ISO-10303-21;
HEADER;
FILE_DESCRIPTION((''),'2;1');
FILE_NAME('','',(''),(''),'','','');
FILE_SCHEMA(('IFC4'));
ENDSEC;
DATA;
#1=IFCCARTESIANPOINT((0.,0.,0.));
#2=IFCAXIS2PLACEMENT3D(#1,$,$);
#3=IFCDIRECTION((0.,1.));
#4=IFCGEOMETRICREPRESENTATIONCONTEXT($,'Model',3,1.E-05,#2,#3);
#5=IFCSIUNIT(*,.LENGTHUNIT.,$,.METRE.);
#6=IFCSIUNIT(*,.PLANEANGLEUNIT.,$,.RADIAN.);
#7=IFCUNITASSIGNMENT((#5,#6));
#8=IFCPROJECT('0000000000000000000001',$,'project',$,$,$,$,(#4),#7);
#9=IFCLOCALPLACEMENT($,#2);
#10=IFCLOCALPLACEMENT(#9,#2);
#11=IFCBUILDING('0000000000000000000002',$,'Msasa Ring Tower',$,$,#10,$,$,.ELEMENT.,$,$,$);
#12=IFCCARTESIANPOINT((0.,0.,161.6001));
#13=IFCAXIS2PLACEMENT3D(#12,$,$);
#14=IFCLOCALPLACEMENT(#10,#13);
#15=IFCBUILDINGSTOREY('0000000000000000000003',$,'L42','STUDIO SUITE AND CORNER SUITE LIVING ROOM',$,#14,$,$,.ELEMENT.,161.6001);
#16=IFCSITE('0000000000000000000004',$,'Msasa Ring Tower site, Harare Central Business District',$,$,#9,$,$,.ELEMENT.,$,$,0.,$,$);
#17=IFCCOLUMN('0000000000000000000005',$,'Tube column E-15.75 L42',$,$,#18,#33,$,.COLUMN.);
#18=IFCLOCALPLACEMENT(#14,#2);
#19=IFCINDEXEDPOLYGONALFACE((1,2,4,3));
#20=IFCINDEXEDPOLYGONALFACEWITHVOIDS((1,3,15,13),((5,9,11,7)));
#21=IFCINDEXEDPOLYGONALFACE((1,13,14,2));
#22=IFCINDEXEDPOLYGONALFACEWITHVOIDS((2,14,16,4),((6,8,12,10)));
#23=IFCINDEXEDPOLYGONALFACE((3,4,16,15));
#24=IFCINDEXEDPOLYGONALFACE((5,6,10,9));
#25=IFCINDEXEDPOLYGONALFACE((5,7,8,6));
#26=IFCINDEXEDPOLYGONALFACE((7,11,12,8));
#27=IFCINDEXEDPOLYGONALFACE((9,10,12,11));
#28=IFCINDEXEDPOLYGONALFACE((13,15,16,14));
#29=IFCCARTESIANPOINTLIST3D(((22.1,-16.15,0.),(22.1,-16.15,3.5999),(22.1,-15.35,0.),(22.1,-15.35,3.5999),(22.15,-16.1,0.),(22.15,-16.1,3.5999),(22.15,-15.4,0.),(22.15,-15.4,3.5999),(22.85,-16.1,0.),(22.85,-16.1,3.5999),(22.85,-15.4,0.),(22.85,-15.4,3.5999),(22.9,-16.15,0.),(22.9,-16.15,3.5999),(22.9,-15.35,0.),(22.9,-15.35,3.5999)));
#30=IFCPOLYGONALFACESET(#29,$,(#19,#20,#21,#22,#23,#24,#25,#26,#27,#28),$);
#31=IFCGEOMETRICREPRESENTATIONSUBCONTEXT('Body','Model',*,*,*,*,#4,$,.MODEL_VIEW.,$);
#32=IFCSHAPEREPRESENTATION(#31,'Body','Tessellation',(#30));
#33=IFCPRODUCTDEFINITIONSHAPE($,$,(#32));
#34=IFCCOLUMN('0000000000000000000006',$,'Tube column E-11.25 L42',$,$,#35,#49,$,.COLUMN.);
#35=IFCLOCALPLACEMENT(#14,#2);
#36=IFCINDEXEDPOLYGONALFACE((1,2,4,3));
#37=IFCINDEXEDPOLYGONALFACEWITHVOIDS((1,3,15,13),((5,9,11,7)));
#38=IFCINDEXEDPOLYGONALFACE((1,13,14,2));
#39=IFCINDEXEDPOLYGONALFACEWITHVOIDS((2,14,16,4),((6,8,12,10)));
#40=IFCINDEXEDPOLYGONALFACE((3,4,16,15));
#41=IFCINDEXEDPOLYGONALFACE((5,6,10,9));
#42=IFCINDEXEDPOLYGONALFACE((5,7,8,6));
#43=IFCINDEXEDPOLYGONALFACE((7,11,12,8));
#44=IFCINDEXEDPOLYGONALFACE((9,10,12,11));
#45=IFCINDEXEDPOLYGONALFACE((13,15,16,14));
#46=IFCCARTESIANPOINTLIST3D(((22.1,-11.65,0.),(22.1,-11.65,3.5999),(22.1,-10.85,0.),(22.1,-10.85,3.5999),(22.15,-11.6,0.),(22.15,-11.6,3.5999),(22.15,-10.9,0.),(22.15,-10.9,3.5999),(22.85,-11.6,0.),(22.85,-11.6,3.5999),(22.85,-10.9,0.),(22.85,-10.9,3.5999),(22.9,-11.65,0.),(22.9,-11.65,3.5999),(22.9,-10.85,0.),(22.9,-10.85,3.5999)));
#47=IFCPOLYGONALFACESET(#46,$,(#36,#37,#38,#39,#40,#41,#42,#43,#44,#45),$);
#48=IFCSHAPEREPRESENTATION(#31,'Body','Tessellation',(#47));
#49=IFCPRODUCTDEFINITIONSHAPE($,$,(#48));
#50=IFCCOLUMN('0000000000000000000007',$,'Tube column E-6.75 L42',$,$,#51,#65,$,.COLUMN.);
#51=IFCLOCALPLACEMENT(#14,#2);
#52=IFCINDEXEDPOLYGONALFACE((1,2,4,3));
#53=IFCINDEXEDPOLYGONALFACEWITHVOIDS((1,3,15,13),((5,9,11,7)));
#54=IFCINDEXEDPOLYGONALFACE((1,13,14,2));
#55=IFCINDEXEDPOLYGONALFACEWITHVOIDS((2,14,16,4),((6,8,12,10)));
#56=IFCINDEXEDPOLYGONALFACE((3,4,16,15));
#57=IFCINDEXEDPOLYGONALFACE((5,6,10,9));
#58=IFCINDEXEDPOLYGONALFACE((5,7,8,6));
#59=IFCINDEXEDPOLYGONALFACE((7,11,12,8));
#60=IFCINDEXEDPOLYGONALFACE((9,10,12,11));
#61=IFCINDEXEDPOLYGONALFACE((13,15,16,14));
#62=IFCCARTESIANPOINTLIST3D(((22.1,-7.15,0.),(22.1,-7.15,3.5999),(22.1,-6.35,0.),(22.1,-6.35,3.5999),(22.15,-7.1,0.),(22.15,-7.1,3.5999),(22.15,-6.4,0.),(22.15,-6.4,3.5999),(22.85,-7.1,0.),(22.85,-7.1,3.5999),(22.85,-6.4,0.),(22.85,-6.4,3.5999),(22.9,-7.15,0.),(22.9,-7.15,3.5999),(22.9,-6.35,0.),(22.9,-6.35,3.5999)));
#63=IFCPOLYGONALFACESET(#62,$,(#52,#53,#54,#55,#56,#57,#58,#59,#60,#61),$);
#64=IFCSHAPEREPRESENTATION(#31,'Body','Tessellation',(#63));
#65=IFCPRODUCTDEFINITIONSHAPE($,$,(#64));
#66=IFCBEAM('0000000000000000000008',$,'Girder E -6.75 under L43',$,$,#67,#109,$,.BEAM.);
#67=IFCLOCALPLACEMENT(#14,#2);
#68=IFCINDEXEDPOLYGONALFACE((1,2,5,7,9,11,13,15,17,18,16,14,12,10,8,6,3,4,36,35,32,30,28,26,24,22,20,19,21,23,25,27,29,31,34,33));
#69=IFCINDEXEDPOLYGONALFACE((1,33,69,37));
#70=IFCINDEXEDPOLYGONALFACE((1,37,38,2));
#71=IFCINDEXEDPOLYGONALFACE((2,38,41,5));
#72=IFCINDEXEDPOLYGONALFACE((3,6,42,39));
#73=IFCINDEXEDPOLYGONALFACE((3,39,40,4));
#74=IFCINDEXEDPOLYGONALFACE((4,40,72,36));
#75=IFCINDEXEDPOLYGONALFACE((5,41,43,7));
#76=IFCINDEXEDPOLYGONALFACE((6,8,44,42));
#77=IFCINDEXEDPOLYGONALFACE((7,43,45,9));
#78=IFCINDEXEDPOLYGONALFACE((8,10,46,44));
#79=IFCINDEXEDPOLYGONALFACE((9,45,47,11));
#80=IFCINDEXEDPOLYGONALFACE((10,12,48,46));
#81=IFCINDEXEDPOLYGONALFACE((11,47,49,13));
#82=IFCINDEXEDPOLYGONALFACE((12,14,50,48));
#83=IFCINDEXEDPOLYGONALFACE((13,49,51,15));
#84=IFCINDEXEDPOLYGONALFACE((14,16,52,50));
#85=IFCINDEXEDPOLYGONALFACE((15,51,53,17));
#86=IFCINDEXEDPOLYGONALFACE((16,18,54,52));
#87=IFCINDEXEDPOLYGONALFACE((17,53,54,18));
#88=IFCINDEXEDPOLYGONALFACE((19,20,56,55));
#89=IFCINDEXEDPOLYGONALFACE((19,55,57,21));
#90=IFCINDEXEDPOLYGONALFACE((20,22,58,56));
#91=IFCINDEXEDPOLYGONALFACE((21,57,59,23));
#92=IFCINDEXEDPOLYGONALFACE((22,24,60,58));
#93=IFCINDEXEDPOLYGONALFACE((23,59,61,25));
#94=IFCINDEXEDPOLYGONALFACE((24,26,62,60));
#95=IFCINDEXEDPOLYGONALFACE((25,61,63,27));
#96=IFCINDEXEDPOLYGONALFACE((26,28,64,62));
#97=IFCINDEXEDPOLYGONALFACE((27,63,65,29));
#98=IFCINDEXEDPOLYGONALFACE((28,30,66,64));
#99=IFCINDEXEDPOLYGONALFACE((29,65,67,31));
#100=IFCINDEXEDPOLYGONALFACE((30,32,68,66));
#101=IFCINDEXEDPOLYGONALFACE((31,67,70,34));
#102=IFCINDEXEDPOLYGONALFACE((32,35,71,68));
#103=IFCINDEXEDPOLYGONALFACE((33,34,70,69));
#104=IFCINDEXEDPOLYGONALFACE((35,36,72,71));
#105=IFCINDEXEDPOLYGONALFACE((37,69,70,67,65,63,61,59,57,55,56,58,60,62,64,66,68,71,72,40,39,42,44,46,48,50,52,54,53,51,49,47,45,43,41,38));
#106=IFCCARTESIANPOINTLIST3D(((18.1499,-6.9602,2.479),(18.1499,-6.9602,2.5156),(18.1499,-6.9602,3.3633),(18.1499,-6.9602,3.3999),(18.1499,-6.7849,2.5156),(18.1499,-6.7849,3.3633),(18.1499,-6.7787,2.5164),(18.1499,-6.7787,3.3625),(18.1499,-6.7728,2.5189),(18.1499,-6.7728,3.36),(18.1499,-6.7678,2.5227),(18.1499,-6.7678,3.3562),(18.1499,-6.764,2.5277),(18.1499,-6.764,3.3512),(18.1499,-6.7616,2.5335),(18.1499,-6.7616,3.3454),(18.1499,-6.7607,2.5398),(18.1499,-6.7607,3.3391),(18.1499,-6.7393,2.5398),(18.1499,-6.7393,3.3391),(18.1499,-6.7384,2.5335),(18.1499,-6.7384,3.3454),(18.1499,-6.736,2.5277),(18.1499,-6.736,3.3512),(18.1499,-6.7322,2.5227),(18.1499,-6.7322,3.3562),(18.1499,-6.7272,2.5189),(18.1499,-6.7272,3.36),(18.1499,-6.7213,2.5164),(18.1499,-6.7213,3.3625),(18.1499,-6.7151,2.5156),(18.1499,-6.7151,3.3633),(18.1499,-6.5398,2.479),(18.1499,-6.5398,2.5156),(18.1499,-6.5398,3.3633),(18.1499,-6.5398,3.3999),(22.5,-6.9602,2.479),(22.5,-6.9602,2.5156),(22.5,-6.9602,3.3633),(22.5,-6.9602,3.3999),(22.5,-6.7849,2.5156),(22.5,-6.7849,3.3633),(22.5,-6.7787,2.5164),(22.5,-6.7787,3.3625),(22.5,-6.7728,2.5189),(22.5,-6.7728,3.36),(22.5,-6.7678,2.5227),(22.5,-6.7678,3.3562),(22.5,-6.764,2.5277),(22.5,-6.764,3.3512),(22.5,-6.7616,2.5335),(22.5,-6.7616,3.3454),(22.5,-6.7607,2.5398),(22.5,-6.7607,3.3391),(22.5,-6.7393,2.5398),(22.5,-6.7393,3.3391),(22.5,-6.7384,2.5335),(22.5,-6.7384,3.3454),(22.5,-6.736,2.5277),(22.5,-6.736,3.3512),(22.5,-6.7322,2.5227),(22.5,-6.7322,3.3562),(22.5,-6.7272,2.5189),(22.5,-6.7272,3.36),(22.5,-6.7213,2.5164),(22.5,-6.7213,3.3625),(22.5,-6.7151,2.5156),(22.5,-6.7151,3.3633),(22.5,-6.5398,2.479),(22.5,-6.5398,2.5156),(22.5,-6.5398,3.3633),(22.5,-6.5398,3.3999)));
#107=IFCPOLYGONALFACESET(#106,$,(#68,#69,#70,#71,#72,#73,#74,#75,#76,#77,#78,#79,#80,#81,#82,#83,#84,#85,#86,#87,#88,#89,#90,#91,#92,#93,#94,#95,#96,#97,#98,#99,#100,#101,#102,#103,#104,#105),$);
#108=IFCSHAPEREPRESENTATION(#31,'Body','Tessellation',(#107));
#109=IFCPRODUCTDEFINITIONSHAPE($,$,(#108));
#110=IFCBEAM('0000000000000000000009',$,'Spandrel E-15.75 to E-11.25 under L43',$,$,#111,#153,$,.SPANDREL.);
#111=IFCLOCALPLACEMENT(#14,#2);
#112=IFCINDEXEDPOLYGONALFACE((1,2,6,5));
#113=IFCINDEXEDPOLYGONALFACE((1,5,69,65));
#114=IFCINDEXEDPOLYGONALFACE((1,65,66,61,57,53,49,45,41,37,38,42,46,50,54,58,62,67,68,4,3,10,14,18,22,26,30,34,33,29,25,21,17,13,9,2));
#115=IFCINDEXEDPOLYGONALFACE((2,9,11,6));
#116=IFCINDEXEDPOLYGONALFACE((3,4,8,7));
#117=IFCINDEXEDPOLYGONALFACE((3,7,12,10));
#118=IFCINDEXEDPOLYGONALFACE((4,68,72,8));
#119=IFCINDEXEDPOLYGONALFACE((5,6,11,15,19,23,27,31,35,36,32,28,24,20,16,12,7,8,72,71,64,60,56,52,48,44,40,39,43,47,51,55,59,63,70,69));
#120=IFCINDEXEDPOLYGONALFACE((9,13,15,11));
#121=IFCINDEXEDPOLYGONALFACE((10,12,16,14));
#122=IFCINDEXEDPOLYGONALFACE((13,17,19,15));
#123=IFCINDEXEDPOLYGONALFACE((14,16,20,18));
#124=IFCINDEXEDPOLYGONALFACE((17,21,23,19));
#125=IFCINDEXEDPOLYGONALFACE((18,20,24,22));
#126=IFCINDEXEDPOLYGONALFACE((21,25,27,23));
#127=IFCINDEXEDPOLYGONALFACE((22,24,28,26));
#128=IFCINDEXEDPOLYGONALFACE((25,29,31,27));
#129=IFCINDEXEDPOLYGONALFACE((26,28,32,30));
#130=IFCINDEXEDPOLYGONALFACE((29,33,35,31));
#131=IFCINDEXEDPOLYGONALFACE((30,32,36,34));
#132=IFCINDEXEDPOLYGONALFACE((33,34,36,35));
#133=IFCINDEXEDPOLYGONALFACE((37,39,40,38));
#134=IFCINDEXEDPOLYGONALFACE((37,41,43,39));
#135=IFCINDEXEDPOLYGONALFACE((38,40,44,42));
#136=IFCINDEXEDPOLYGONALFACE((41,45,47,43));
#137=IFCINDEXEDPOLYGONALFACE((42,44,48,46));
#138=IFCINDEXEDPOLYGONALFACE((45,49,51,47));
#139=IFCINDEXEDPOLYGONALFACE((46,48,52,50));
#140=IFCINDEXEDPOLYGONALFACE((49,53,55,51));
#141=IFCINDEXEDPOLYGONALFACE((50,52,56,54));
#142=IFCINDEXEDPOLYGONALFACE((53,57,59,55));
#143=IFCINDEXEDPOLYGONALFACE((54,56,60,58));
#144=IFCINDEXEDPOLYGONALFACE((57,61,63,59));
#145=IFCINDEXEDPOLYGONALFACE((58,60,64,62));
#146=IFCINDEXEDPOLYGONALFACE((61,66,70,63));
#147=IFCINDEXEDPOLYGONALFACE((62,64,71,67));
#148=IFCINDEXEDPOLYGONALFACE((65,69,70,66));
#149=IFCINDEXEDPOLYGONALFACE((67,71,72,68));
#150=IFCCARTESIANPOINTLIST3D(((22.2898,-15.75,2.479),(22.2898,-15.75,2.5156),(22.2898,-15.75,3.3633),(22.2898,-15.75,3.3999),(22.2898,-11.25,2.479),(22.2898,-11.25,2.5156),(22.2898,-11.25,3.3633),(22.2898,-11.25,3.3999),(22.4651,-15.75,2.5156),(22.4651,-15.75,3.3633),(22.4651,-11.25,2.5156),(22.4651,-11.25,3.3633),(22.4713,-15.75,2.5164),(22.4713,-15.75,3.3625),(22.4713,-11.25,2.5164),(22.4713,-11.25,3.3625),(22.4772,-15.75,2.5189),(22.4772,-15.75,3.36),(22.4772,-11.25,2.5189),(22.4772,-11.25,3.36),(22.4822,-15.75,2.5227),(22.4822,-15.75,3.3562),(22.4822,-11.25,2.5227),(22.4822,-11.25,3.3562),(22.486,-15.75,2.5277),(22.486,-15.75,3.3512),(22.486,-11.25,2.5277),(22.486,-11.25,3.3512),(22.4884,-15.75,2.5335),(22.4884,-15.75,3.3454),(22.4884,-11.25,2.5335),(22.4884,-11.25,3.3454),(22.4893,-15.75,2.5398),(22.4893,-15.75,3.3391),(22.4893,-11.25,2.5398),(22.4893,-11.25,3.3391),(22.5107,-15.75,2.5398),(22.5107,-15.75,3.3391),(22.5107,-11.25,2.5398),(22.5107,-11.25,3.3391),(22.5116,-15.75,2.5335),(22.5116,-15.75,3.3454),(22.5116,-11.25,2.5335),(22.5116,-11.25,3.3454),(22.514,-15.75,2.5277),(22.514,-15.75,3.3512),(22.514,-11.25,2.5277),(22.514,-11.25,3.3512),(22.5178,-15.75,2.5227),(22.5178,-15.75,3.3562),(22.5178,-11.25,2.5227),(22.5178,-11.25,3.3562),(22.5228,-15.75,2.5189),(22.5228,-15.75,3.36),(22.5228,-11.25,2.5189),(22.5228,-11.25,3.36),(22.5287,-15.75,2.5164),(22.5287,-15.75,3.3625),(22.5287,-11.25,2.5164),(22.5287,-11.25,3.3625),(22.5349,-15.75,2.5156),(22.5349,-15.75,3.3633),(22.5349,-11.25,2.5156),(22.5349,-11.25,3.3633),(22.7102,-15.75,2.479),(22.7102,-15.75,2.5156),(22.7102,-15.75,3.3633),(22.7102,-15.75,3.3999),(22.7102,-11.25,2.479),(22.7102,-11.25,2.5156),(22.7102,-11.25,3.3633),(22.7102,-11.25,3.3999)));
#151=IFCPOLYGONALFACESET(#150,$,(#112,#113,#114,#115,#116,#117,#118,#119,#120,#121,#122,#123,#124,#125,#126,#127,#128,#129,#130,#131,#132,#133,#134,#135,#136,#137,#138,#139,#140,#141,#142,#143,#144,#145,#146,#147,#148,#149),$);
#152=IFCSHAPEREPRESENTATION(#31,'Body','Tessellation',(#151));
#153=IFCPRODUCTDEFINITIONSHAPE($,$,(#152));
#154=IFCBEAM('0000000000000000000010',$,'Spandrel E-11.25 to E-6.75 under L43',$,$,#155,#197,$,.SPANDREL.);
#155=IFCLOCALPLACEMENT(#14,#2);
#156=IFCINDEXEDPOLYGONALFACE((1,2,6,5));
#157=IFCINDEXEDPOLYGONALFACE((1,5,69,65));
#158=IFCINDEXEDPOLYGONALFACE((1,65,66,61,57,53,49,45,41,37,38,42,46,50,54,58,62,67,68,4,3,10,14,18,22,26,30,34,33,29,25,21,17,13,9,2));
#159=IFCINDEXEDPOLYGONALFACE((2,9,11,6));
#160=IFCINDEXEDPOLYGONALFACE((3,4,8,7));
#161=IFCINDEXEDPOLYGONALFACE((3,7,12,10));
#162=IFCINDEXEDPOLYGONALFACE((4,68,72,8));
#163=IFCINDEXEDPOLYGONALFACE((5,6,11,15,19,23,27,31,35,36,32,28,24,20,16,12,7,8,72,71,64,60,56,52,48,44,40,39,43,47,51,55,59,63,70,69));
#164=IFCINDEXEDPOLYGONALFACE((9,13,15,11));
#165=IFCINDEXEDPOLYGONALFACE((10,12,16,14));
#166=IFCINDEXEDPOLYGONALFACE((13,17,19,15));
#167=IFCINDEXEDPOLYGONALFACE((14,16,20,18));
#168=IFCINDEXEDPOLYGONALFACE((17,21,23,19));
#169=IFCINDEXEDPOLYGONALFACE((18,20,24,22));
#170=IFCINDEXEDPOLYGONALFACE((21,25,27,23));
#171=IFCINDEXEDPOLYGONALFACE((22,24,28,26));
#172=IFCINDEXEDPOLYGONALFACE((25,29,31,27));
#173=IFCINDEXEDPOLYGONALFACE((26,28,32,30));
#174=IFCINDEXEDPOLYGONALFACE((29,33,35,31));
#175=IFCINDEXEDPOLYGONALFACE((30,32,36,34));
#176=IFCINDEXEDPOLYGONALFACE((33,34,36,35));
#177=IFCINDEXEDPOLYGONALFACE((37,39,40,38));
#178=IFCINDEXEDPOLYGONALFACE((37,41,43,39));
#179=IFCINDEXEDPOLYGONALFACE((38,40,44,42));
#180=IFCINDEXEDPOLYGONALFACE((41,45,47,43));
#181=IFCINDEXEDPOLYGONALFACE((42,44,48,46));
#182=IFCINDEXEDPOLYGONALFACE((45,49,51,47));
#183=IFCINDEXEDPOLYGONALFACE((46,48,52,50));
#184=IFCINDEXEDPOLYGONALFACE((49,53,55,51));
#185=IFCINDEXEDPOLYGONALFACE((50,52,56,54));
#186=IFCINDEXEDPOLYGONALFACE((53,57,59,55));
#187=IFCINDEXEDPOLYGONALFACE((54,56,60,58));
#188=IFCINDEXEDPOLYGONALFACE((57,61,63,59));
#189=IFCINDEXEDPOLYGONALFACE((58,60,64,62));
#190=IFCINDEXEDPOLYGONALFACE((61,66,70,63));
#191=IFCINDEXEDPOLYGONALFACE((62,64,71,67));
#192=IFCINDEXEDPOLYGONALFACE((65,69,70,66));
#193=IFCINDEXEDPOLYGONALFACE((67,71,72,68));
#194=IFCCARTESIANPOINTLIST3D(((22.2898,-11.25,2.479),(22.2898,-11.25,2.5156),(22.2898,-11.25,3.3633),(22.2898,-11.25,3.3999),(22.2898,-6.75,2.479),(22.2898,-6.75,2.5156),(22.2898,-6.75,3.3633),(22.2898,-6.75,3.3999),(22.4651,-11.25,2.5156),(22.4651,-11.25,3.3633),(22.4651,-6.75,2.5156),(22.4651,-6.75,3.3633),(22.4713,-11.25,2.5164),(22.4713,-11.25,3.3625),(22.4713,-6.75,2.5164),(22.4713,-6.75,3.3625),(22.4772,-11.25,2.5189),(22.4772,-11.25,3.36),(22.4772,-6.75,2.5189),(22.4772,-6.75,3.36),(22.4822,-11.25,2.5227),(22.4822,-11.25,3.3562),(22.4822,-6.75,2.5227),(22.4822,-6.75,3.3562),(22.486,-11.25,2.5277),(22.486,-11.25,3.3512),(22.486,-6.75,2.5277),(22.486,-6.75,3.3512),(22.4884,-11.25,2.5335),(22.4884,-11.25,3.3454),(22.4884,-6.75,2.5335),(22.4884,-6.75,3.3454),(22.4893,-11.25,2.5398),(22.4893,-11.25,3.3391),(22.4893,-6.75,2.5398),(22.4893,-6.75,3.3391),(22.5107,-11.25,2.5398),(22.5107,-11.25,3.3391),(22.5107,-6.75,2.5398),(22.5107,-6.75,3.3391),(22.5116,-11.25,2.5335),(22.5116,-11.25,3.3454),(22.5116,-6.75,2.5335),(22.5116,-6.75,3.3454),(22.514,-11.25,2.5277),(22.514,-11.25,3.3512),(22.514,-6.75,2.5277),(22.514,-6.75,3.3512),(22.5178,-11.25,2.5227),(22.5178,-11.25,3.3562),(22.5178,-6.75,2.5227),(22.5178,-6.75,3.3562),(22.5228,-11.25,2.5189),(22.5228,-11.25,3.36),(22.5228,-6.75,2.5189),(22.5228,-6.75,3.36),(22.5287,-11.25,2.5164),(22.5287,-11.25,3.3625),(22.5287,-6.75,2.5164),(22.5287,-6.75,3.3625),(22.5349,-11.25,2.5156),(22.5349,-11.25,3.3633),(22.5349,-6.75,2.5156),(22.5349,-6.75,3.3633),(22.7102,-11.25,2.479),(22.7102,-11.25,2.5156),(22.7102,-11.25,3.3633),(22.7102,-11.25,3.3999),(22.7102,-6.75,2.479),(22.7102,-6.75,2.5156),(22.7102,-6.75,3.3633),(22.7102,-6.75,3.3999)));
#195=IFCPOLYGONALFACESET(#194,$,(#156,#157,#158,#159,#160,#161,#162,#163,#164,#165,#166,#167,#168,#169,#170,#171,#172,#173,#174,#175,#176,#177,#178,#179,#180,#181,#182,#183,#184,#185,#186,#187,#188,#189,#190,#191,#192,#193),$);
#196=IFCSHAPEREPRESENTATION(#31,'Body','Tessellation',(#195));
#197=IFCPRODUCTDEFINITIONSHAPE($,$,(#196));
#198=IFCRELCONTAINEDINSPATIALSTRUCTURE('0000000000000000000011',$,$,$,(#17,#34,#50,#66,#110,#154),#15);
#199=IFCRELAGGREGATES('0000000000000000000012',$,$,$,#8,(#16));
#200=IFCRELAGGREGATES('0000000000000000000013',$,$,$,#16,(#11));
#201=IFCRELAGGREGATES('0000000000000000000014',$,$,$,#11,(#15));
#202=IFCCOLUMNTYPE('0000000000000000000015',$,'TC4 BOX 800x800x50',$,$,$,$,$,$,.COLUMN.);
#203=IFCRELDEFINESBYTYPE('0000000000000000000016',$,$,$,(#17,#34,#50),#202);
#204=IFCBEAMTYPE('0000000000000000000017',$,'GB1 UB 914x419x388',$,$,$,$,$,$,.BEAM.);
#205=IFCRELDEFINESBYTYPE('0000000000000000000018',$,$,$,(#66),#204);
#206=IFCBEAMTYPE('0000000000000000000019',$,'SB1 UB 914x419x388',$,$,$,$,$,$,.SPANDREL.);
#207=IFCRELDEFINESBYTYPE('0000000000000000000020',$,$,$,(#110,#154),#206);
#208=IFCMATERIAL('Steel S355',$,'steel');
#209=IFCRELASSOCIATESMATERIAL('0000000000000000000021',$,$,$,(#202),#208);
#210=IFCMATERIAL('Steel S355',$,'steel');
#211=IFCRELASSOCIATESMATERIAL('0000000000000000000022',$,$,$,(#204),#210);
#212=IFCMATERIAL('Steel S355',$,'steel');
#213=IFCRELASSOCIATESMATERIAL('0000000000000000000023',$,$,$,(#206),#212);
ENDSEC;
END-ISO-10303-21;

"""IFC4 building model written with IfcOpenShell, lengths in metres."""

from ifc_helpers import new_model, si_unit, direction, frame, origin, origin_2d, place, context, subcontext, project, spatial, hollow_rectangle, i_section, extrude, material, material_profile, profile_set, type_object, element, save


model = new_model("IFC4")

# Units and contexts
model_context = context("Model", 3, precision=1e-05, world=origin(), true_north=direction((0.0, 1.0)))
body_context = subcontext(model_context, "Body", "Model", "MODEL_VIEW")
ifc_project = project(units=[si_unit("LENGTHUNIT", "METRE"), si_unit("PLANEANGLEUNIT", "RADIAN")], contexts=[model_context])

# Site, building, storey
site_placement = place(None, origin())
site = spatial("IfcSite", under=ifc_project, at=site_placement, Name="Msasa Ring Tower site, Harare Central Business District", CompositionType="ELEMENT", RefElevation=0.0)
building_placement = place(site_placement, origin())
building = spatial("IfcBuilding", under=site, at=building_placement, Name="Msasa Ring Tower", CompositionType="ELEMENT")
storey_placement = place(building_placement, frame((0.0, 0.0, 161.6001)))
storey = spatial("IfcBuildingStorey", under=building, at=storey_placement, Name="L42", Description="STUDIO SUITE AND CORNER SUITE LIVING ROOM", CompositionType="ELEMENT", Elevation=161.6001)

# Columns
ifc_material_1 = material(Name="Steel S355", Category="steel")
ifc_material_profile_1 = material_profile(ifc_material_1, hollow_rectangle(XDim=0.8, YDim=0.8, WallThickness=0.05, at=origin_2d()), Name="BOX 800x800x50")
ifc_profile_set_1 = profile_set([ifc_material_profile_1], Name="Steel S355")
column_type = type_object("IfcColumnType", Name="TC4 BOX 800x800x50", PredefinedType="COLUMN", material=ifc_profile_set_1)
for number, where, z_axis, x_axis, name in (
    (1, (22.5, -15.75, 0.0), (0.0, 0.0, 1.0), (1.0, 0.0, 0.0), "Tube column E-15.75 L42"),
    (2, (22.5, -11.25, 0.0), (0.0, 0.0, 1.0), (1.0, 0.0, 0.0), "Tube column E-11.25 L42"),
    (3, (22.5, -6.75, 0.0), (0.0, 0.0, 1.0), (1.0, 0.0, 0.0), "Tube column E-6.75 L42"),
):
    element("IfcColumn", number, at=place(storey_placement, frame(where, z_axis=z_axis, x_axis=x_axis)), inside=storey, type_object=column_type, Name=name, PredefinedType="COLUMN", context=body_context, shape_type="SweptSolid", body=[
        extrude(hollow_rectangle(XDim=0.8, YDim=0.8, WallThickness=0.05, at=origin_2d()), origin(), (0.0, 0.0, 1.0), 3.5999),
    ])

# Beams
ifc_material_2 = material(Name="Steel S355", Category="steel")
ifc_material_profile_2 = material_profile(ifc_material_2, i_section(OverallWidth=0.4204, OverallDepth=0.9209, WebThickness=0.0215, FlangeThickness=0.0366, FilletRadius=0.0242, at=origin_2d()), Name="UB 914x419x388")
ifc_profile_set_2 = profile_set([ifc_material_profile_2], Name="Steel S355")
beam_type_1 = type_object("IfcBeamType", Name="GB1 UB 914x419x388", PredefinedType="BEAM", material=ifc_profile_set_2)
beam_placement = place(storey_placement, frame((18.1499, -6.75, 2.9395), z_axis=(1.0, 0.0, 0.0), x_axis=(0.0, 1.0, 0.0)))
element("IfcBeam", 4, at=beam_placement, inside=storey, type_object=beam_type_1, Name="Girder E -6.75 under L43", PredefinedType="BEAM", context=body_context, shape_type="SweptSolid", body=[
    extrude(i_section(OverallWidth=0.4204, OverallDepth=0.9209, WebThickness=0.0215, FlangeThickness=0.0366, FilletRadius=0.0242, at=origin_2d()), origin(), (0.0, 0.0, 1.0), 4.3501),
])
ifc_material_3 = material(Name="Steel S355", Category="steel")
ifc_material_profile_3 = material_profile(ifc_material_3, i_section(OverallWidth=0.4204, OverallDepth=0.9209, WebThickness=0.0215, FlangeThickness=0.0366, FilletRadius=0.0242, at=origin_2d()), Name="UB 914x419x388")
ifc_profile_set_3 = profile_set([ifc_material_profile_3], Name="Steel S355")
beam_type_2 = type_object("IfcBeamType", Name="SB1 UB 914x419x388", PredefinedType="SPANDREL", material=ifc_profile_set_3)
for number, where, z_axis, x_axis, name in (
    (5, (22.5, -15.75, 2.9395), (0.0, 1.0, 0.0), (-1.0, 0.0, 0.0), "Spandrel E-15.75 to E-11.25 under L43"),
    (6, (22.5, -11.25, 2.9395), (0.0, 1.0, 0.0), (-1.0, 0.0, 0.0), "Spandrel E-11.25 to E-6.75 under L43"),
):
    element("IfcBeam", number, at=place(storey_placement, frame(where, z_axis=z_axis, x_axis=x_axis)), inside=storey, type_object=beam_type_2, Name=name, PredefinedType="SPANDREL", context=body_context, shape_type="SweptSolid", body=[
        extrude(i_section(OverallWidth=0.4204, OverallDepth=0.9209, WebThickness=0.0215, FlangeThickness=0.0366, FilletRadius=0.0242, at=origin_2d()), origin(), (0.0, 0.0, 1.0), 4.5),
    ])

save(model, "model.ifc")
